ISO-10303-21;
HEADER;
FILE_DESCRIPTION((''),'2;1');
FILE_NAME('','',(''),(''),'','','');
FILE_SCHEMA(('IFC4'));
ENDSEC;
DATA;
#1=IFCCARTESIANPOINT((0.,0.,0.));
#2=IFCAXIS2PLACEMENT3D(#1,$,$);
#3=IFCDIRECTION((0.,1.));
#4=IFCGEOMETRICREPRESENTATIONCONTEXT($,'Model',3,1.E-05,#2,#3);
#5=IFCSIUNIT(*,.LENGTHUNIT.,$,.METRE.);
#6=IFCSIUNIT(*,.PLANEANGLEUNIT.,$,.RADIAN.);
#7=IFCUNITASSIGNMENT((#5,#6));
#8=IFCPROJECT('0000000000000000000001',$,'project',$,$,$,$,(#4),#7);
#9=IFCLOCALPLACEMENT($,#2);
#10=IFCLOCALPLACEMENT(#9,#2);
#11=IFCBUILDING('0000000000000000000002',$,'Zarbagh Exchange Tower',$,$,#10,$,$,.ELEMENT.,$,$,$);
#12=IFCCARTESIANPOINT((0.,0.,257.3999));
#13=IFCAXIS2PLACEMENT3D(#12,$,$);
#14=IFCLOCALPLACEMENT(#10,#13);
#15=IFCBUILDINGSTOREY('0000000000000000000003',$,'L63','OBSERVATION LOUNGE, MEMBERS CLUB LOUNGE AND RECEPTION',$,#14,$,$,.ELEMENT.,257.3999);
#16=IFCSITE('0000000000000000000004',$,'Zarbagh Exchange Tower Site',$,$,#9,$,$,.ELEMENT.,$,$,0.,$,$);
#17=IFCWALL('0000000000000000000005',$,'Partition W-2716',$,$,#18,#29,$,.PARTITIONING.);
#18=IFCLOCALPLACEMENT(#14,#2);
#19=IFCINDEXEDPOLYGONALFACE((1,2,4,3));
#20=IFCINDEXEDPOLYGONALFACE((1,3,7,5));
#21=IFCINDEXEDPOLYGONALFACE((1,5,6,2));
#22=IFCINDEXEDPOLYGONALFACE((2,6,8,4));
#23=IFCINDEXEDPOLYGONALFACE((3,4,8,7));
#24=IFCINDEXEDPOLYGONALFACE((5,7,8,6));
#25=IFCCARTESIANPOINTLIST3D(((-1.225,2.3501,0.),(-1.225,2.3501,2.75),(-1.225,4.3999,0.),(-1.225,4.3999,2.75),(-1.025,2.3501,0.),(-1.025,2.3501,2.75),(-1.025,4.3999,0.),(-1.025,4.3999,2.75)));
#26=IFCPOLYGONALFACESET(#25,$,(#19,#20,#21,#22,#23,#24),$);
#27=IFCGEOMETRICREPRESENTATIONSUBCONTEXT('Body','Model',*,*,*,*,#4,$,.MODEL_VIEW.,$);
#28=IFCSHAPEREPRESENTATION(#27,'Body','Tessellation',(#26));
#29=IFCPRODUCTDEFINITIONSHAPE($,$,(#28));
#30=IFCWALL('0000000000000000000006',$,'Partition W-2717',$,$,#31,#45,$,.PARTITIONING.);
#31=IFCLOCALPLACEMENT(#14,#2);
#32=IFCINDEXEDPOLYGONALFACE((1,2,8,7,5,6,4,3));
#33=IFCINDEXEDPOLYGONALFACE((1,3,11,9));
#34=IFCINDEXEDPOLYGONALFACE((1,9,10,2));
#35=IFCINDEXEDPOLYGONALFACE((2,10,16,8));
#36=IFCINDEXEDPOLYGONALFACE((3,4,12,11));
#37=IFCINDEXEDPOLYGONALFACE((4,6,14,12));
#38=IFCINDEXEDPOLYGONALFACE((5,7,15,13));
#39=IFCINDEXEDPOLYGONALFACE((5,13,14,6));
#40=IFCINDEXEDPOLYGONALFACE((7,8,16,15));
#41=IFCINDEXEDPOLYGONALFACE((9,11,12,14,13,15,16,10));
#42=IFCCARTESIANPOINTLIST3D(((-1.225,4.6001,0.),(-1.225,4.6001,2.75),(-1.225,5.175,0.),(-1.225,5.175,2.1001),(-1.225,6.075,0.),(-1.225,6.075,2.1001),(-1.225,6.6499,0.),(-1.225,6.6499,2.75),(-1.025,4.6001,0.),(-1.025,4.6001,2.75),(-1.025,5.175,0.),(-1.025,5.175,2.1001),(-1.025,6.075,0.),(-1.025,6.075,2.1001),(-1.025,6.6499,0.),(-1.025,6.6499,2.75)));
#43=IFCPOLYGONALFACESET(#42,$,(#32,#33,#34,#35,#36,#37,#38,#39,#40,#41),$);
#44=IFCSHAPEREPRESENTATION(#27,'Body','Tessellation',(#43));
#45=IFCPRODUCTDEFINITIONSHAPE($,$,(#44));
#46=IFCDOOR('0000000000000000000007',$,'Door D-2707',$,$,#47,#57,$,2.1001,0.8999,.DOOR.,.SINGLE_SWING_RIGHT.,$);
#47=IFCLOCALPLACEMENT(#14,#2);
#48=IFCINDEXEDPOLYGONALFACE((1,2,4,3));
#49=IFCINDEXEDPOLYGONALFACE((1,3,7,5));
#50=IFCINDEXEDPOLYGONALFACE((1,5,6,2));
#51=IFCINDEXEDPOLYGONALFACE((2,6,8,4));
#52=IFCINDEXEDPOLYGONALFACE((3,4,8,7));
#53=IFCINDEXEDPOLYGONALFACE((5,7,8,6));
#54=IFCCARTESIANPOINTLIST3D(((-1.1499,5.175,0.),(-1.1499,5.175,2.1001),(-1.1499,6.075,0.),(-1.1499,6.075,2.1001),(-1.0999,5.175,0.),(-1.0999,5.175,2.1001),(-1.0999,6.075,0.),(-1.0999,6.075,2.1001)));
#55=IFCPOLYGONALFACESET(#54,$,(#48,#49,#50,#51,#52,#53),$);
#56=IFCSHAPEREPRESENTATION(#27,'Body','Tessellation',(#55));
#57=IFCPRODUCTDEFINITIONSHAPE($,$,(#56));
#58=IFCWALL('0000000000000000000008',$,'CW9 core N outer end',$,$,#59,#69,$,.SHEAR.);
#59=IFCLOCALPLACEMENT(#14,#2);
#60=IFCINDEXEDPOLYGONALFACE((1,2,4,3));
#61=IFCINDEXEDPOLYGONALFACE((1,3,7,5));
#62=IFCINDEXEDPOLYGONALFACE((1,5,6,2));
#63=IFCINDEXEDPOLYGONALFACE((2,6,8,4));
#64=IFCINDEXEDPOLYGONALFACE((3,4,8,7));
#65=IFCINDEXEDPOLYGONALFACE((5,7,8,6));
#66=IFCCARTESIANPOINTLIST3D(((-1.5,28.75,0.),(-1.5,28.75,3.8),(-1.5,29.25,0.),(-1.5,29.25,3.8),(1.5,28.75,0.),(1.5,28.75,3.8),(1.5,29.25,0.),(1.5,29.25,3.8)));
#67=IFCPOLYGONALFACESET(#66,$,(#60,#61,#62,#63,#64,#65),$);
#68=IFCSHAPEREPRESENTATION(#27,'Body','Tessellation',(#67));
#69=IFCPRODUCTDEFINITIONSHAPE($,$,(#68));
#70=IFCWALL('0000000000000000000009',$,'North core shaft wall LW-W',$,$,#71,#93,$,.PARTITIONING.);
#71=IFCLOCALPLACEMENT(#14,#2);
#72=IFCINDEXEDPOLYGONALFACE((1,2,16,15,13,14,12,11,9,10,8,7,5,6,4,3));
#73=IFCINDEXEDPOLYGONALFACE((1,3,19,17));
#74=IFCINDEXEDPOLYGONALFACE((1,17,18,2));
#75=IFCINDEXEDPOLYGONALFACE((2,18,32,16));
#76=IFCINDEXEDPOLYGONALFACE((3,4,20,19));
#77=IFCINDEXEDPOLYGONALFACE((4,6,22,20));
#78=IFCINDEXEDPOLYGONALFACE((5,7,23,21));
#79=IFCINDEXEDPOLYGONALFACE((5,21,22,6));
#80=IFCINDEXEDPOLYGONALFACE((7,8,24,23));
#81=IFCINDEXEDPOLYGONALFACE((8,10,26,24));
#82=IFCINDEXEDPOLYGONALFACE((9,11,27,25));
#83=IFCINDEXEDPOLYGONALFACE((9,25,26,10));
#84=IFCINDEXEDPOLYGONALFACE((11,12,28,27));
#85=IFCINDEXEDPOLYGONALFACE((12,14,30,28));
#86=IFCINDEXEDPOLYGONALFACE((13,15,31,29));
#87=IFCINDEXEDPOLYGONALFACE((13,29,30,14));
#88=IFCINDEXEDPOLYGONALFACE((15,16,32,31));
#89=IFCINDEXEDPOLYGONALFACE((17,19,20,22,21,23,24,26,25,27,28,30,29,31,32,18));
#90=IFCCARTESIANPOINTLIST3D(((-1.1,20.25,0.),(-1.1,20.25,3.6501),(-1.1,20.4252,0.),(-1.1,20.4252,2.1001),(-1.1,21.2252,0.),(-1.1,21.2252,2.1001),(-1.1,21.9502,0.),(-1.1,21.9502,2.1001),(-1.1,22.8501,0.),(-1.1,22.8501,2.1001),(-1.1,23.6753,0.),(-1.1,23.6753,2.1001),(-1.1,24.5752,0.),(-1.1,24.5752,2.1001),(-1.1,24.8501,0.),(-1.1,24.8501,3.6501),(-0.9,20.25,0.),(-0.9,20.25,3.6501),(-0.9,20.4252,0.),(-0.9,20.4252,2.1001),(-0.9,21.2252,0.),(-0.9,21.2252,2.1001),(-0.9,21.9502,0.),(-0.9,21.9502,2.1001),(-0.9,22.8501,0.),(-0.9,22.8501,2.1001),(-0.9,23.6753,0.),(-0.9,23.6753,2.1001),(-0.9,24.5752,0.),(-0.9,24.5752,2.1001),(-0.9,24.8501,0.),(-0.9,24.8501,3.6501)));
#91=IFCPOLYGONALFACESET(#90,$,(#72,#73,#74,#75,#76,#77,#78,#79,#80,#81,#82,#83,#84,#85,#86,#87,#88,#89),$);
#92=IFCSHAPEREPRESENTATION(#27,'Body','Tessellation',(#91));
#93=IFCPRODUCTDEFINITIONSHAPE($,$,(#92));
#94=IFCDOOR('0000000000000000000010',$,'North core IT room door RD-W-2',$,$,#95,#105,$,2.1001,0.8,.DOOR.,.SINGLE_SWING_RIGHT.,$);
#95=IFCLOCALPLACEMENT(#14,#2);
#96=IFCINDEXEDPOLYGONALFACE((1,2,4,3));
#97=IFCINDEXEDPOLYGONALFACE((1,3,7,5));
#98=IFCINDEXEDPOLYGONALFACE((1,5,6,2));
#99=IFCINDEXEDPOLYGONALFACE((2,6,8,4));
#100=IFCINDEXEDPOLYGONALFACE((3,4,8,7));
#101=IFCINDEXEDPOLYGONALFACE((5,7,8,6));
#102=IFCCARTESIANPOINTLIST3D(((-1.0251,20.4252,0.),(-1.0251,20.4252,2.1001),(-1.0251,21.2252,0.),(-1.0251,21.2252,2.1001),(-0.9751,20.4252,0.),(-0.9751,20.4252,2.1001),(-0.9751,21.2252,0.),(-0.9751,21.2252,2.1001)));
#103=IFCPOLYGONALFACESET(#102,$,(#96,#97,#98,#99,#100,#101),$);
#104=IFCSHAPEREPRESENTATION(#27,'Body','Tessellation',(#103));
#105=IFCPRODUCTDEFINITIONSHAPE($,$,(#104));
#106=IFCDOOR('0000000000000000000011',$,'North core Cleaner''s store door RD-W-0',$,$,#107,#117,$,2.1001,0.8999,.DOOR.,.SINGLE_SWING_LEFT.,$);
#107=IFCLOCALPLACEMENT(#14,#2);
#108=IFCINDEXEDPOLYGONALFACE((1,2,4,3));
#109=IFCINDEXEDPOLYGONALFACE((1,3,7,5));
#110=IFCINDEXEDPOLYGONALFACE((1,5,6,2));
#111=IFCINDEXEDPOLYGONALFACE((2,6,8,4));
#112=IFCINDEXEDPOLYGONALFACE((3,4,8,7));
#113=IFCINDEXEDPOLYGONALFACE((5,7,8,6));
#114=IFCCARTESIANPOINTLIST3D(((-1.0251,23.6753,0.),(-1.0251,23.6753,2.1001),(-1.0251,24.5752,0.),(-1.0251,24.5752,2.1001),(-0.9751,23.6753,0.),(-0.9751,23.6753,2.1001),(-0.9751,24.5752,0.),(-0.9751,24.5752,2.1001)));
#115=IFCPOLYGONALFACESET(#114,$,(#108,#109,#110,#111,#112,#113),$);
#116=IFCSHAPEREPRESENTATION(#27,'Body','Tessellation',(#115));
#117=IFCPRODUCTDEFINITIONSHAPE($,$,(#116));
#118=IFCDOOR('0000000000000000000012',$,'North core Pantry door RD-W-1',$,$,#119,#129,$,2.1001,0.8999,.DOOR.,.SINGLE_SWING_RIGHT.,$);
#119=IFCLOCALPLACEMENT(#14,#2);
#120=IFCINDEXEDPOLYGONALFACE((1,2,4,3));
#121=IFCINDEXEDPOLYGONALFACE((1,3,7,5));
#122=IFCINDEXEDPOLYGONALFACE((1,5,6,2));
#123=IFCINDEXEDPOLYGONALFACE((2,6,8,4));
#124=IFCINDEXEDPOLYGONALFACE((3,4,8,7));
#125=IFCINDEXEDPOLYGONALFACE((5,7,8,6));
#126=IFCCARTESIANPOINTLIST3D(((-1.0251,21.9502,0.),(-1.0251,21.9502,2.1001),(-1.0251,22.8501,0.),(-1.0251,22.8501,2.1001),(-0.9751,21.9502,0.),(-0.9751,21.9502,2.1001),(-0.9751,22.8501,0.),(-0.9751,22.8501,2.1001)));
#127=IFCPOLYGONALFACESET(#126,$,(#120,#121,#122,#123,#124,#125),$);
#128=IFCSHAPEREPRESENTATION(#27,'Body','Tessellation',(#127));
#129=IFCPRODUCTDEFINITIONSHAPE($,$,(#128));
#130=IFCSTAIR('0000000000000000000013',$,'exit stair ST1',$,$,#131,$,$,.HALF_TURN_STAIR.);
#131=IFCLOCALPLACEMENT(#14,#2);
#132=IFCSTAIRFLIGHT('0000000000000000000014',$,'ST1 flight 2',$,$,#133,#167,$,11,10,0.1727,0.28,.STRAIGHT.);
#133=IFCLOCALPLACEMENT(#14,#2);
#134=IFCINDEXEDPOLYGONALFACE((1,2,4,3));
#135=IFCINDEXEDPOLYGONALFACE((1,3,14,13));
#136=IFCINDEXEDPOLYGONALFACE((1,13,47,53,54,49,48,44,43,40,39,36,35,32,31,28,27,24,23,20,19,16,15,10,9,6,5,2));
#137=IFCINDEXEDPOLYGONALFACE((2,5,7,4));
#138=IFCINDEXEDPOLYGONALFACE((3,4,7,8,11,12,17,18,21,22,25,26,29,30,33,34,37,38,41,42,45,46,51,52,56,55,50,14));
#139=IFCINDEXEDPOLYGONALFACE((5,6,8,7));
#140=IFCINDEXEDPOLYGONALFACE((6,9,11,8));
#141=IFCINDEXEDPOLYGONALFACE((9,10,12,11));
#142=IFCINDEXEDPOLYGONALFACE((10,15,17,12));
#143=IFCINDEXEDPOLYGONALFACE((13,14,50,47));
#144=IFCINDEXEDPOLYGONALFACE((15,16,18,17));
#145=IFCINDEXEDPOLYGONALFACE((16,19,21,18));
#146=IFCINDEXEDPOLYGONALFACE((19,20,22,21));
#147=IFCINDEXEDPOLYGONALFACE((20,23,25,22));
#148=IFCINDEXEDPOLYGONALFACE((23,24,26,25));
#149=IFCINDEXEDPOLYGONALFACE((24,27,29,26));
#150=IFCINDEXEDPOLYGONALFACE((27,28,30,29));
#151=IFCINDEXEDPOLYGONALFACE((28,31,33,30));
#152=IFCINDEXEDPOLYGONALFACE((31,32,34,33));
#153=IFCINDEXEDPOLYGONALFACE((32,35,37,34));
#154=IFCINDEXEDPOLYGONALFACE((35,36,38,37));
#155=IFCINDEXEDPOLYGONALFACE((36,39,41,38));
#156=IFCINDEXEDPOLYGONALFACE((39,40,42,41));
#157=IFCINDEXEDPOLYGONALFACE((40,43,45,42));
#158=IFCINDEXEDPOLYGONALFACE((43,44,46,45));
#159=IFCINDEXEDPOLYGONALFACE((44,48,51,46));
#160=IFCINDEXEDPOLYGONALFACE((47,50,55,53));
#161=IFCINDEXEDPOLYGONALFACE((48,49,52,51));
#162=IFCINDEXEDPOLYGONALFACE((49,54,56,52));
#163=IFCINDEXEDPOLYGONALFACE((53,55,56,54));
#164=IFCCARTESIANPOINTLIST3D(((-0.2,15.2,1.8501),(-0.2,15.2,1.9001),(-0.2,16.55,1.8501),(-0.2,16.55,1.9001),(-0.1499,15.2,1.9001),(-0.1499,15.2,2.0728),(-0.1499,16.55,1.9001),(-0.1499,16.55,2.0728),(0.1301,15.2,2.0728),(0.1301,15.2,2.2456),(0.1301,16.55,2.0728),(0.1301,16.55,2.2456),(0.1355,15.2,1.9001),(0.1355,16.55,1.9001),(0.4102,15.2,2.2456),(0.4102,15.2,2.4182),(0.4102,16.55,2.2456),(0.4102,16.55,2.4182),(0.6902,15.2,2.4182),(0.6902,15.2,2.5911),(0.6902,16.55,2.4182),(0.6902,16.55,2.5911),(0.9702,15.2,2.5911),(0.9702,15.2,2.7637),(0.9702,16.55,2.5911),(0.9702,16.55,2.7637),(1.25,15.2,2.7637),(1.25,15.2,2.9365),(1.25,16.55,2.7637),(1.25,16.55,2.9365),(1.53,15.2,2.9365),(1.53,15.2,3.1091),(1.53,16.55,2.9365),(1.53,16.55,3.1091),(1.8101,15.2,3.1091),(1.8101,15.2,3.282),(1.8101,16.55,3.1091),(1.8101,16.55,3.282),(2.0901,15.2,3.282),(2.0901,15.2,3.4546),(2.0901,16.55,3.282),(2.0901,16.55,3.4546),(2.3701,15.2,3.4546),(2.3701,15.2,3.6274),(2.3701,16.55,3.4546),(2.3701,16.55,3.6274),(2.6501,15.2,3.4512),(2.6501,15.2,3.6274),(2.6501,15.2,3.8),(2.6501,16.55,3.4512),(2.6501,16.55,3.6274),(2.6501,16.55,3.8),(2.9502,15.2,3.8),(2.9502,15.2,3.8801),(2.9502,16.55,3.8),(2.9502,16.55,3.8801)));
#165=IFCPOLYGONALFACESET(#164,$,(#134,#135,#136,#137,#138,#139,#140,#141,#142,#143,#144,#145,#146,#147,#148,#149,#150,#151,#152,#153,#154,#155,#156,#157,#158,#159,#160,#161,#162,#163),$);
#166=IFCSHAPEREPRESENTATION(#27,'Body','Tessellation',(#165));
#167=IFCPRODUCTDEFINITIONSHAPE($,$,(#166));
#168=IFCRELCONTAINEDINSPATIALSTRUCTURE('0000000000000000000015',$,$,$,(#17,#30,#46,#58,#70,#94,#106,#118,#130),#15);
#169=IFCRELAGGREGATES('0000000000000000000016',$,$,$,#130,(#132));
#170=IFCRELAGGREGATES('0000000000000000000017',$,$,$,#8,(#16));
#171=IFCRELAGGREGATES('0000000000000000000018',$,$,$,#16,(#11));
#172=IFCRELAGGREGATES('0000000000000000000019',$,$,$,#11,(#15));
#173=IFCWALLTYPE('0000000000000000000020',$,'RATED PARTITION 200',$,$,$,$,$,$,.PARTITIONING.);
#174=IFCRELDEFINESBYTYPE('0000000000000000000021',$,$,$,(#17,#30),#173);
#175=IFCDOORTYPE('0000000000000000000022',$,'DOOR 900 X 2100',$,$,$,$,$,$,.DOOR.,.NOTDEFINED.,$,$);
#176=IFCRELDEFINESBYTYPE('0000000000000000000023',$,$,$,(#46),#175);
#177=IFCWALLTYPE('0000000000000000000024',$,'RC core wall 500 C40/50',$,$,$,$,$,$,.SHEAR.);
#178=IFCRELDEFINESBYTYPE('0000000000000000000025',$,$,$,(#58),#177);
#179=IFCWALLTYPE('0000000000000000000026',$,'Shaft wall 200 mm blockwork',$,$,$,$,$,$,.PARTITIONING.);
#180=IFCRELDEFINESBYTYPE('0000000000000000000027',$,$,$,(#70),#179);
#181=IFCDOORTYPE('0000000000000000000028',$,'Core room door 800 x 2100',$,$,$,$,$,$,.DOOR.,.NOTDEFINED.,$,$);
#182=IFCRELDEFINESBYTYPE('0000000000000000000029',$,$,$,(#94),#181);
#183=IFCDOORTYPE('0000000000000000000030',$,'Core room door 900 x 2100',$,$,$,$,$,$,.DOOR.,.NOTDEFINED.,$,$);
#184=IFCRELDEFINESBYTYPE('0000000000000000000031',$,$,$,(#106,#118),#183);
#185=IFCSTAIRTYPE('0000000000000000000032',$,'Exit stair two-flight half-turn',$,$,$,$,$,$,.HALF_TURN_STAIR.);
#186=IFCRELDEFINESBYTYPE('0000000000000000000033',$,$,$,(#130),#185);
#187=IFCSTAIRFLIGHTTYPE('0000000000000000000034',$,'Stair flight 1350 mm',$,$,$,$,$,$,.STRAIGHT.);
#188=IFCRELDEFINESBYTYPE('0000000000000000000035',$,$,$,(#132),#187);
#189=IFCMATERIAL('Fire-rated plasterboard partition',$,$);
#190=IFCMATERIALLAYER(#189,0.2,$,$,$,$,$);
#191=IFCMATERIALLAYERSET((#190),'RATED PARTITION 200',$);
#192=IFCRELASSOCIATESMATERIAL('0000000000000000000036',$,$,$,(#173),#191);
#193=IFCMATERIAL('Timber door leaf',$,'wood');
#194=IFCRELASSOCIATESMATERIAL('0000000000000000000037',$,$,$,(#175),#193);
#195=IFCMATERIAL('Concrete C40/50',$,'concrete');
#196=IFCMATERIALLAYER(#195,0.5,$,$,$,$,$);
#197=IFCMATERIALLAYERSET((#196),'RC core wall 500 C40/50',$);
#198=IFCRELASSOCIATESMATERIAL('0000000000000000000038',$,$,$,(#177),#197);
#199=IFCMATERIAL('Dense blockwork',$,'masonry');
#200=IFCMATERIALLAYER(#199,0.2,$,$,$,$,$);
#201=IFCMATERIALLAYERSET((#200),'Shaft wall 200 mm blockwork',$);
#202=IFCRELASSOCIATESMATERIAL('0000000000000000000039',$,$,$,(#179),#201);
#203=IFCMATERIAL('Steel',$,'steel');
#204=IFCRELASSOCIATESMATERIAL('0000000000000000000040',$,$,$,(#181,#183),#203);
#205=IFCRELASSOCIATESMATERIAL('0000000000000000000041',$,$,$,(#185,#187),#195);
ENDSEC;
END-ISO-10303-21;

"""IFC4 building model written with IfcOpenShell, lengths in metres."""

from ifc_helpers import new_model, si_unit, direction, frame, frame_2d, origin, place, context, subcontext, project, spatial, polyline, rectangle, outline, extrude, material, layer, layer_set, type_object, element, fill, aggregate, save


model = new_model("IFC4")

# Units and contexts
model_context = context("Model", 3, precision=1e-05, world=origin(), true_north=direction((0.0, 1.0)))
body_context = subcontext(model_context, "Body", "Model", "MODEL_VIEW")
ifc_project = project(units=[si_unit("LENGTHUNIT", "METRE"), si_unit("PLANEANGLEUNIT", "RADIAN")], contexts=[model_context])

# Site, building, storey
site_placement = place(None, origin())
site = spatial("IfcSite", under=ifc_project, at=site_placement, Name="Zarbagh Exchange Tower Site", CompositionType="ELEMENT", RefElevation=0.0)
building_placement = place(site_placement, origin())
building = spatial("IfcBuilding", under=site, at=building_placement, Name="Zarbagh Exchange Tower", CompositionType="ELEMENT")
storey_placement = place(building_placement, frame((0.0, 0.0, 257.3999)))
storey = spatial("IfcBuildingStorey", under=building, at=storey_placement, Name="L63", Description="OBSERVATION LOUNGE, MEMBERS CLUB LOUNGE AND RECEPTION", CompositionType="ELEMENT", Elevation=257.3999)

# Wall
ifc_material_1 = material(Name="Fire-rated plasterboard partition")
ifc_layer_1 = layer(ifc_material_1, 0.2)
ifc_layer_set_1 = layer_set([ifc_layer_1], Name="RATED PARTITION 200")
wall_type_1 = type_object("IfcWallType", Name="RATED PARTITION 200", PredefinedType="PARTITIONING", material=ifc_layer_set_1)
wall_1_placement = place(storey_placement, frame((-1.125, 2.3501, 0.0), z_axis=(0.0, 0.0, 1.0), x_axis=(0.0, 1.0, 0.0)))
element("IfcWall", 1, at=wall_1_placement, inside=storey, type_object=wall_type_1, Name="Partition W-2716", PredefinedType="PARTITIONING", context=body_context, shape_type="SweptSolid", body=[
    extrude(rectangle(XDim=2.0498, YDim=0.2, at=frame_2d((1.0249, 0.0))), origin(), (0.0, 0.0, 1.0), 2.75),
])

# Wall, opening, door
wall_2_placement = place(storey_placement, frame((-1.125, 4.6001, 0.0), z_axis=(0.0, 0.0, 1.0), x_axis=(0.0, 1.0, 0.0)))
wall_2 = element("IfcWall", 2, at=wall_2_placement, inside=storey, type_object=wall_type_1, Name="Partition W-2717", PredefinedType="PARTITIONING", context=body_context, shape_type="SweptSolid", body=[
    extrude(rectangle(XDim=2.0498, YDim=0.2, at=frame_2d((1.0249, 0.0))), origin(), (0.0, 0.0, 1.0), 2.75),
])
opening_1_placement = place(wall_2_placement, frame((0.575, 0.0, 0.0)))
opening_1 = element("IfcOpeningElement", 3, at=opening_1_placement, cuts=wall_2, PredefinedType="OPENING", context=body_context, shape_type="SweptSolid", body=[
    extrude(rectangle(XDim=0.8999, YDim=2.1001, at=frame_2d((0.45, 1.05))), frame((0.0, 0.1099, 0.0), z_axis=(0.0, -1.0, 0.0), x_axis=(1.0, 0.0, 0.0)), (0.0, 0.0, 1.0), 0.22),
])
ifc_material_2 = material(Name="Timber door leaf", Category="wood")
door_type_1 = type_object("IfcDoorType", Name="DOOR 900 X 2100", OperationType="NOTDEFINED", PredefinedType="DOOR", material=ifc_material_2)
door_1_placement = place(opening_1_placement, origin())
door_1 = element("IfcDoor", 4, at=door_1_placement, inside=storey, type_object=door_type_1, Name="Door D-2707", OperationType="SINGLE_SWING_RIGHT", OverallHeight=2.1001, OverallWidth=0.8999, PredefinedType="DOOR", context=body_context, shape_type="SweptSolid", body=[
    extrude(rectangle(XDim=0.8999, YDim=2.1001, at=frame_2d((0.45, 1.05))), frame((0.0, 0.0249, 0.0), z_axis=(0.0, -1.0, 0.0), x_axis=(1.0, 0.0, 0.0)), (0.0, 0.0, 1.0), 0.05),
])
fill(opening_1, door_1)

# Wall
ifc_material_3 = material(Name="Concrete C40/50", Category="concrete")
ifc_layer_2 = layer(ifc_material_3, 0.5)
ifc_layer_set_2 = layer_set([ifc_layer_2], Name="RC core wall 500 C40/50")
wall_type_2 = type_object("IfcWallType", Name="RC core wall 500 C40/50", PredefinedType="SHEAR", material=ifc_layer_set_2)
wall_3_placement = place(storey_placement, frame((-1.5, 29.0, 0.0), z_axis=(0.0, 0.0, 1.0), x_axis=(1.0, 0.0, 0.0)))
element("IfcWall", 5, at=wall_3_placement, inside=storey, type_object=wall_type_2, Name="CW9 core N outer end", PredefinedType="SHEAR", context=body_context, shape_type="SweptSolid", body=[
    extrude(rectangle(XDim=3.0, YDim=0.5, at=frame_2d((1.5, 0.0))), origin(), (0.0, 0.0, 1.0), 3.8),
])

# Wall, openings, doors
ifc_material_4 = material(Name="Dense blockwork", Category="masonry")
ifc_layer_3 = layer(ifc_material_4, 0.2)
ifc_layer_set_3 = layer_set([ifc_layer_3], Name="Shaft wall 200 mm blockwork")
wall_type_3 = type_object("IfcWallType", Name="Shaft wall 200 mm blockwork", PredefinedType="PARTITIONING", material=ifc_layer_set_3)
wall_4_placement = place(storey_placement, frame((-1.0, 24.8501, 0.0), z_axis=(0.0, 0.0, 1.0), x_axis=(0.0, -1.0, 0.0)))
wall_4 = element("IfcWall", 6, at=wall_4_placement, inside=storey, type_object=wall_type_3, Name="North core shaft wall LW-W", PredefinedType="PARTITIONING", context=body_context, shape_type="SweptSolid", body=[
    extrude(rectangle(XDim=4.6001, YDim=0.2, at=frame_2d((2.3, 0.0))), origin(), (0.0, 0.0, 1.0), 3.6501),
])
opening_2_placement = place(wall_4_placement, frame((0.2749, 0.0, 0.0)))
opening_2 = element("IfcOpeningElement", 7, at=opening_2_placement, cuts=wall_4, PredefinedType="OPENING", context=body_context, shape_type="SweptSolid", body=[
    extrude(rectangle(XDim=0.8999, YDim=2.1001, at=frame_2d((0.45, 1.05))), frame((0.0, 0.1099, 0.0), z_axis=(0.0, -1.0, 0.0), x_axis=(1.0, 0.0, 0.0)), (0.0, 0.0, 1.0), 0.22),
])
opening_3_placement = place(wall_4_placement, frame((2.0, 0.0, 0.0)))
opening_3 = element("IfcOpeningElement", 8, at=opening_3_placement, cuts=wall_4, PredefinedType="OPENING", context=body_context, shape_type="SweptSolid", body=[
    extrude(rectangle(XDim=0.8999, YDim=2.1001, at=frame_2d((0.45, 1.05))), frame((0.0, 0.1099, 0.0), z_axis=(0.0, -1.0, 0.0), x_axis=(1.0, 0.0, 0.0)), (0.0, 0.0, 1.0), 0.22),
])
opening_4_placement = place(wall_4_placement, frame((3.625, 0.0, 0.0)))
opening_4 = element("IfcOpeningElement", 9, at=opening_4_placement, cuts=wall_4, PredefinedType="OPENING", context=body_context, shape_type="SweptSolid", body=[
    extrude(rectangle(XDim=0.8, YDim=2.1001, at=frame_2d((0.3999, 1.05))), frame((0.0, 0.1099, 0.0), z_axis=(0.0, -1.0, 0.0), x_axis=(1.0, 0.0, 0.0)), (0.0, 0.0, 1.0), 0.22),
])
ifc_material_5 = material(Name="Steel", Category="steel")
door_type_2 = type_object("IfcDoorType", Name="Core room door 800 x 2100", OperationType="NOTDEFINED", PredefinedType="DOOR", material=ifc_material_5)
door_2_placement = place(opening_4_placement, origin())
door_2 = element("IfcDoor", 10, at=door_2_placement, inside=storey, type_object=door_type_2, Name="North core IT room door RD-W-2", OperationType="SINGLE_SWING_RIGHT", OverallHeight=2.1001, OverallWidth=0.8, PredefinedType="DOOR", context=body_context, shape_type="SweptSolid", body=[
    extrude(rectangle(XDim=0.8, YDim=2.1001, at=frame_2d((0.3999, 1.05))), frame((0.0, 0.0249, 0.0), z_axis=(0.0, -1.0, 0.0), x_axis=(1.0, 0.0, 0.0)), (0.0, 0.0, 1.0), 0.05),
])
fill(opening_4, door_2)
door_type_3 = type_object("IfcDoorType", Name="Core room door 900 x 2100", OperationType="NOTDEFINED", PredefinedType="DOOR", material=ifc_material_5)
door_3_placement = place(opening_2_placement, origin())
door_3 = element("IfcDoor", 11, at=door_3_placement, inside=storey, type_object=door_type_3, Name="North core Cleaner's store door RD-W-0", OperationType="SINGLE_SWING_LEFT", OverallHeight=2.1001, OverallWidth=0.8999, PredefinedType="DOOR", context=body_context, shape_type="SweptSolid", body=[
    extrude(rectangle(XDim=0.8999, YDim=2.1001, at=frame_2d((0.45, 1.05))), frame((0.0, 0.0249, 0.0), z_axis=(0.0, -1.0, 0.0), x_axis=(1.0, 0.0, 0.0)), (0.0, 0.0, 1.0), 0.05),
])
fill(opening_2, door_3)
door_4_placement = place(opening_3_placement, origin())
door_4 = element("IfcDoor", 12, at=door_4_placement, inside=storey, type_object=door_type_3, Name="North core Pantry door RD-W-1", OperationType="SINGLE_SWING_RIGHT", OverallHeight=2.1001, OverallWidth=0.8999, PredefinedType="DOOR", context=body_context, shape_type="SweptSolid", body=[
    extrude(rectangle(XDim=0.8999, YDim=2.1001, at=frame_2d((0.45, 1.05))), frame((0.0, 0.0249, 0.0), z_axis=(0.0, -1.0, 0.0), x_axis=(1.0, 0.0, 0.0)), (0.0, 0.0, 1.0), 0.05),
])
fill(opening_3, door_4)

# Stair, stair flight
stair_type = type_object("IfcStairType", Name="Exit stair two-flight half-turn", PredefinedType="HALF_TURN_STAIR", material=ifc_material_3)
stair_1_placement = place(storey_placement, origin())
stair_1 = element("IfcStair", 13, at=stair_1_placement, inside=storey, type_object=stair_type, Name="exit stair ST1", PredefinedType="HALF_TURN_STAIR")
stair_flight_type_1 = type_object("IfcStairFlightType", Name="Stair flight 1350 mm", PredefinedType="STRAIGHT", material=ifc_material_3)
stair_flight_1_placement = place(storey_placement, frame((-0.1499, 15.875, 1.9001), z_axis=(0.0, 0.0, 1.0), x_axis=(1.0, 0.0, 0.0)))
stair_flight_1 = element("IfcStairFlight", 14, at=stair_flight_1_placement, type_object=stair_flight_type_1, Name="ST1 flight 2", NumberOfRisers=11, NumberOfTreads=10, PredefinedType="STRAIGHT", RiserHeight=0.1727, TreadLength=0.28, context=body_context, shape_type="SweptSolid", body=[
    extrude(outline(polyline([(-0.05, -0.05), (-0.05, 0.0), (0.0, 0.0), (0.0, 0.1726), (0.28, 0.1726), (0.28, 0.3455), (0.5601, 0.3455), (0.5601, 0.5181), (0.8401, 0.5181), (0.8401, 0.6909), (1.1201, 0.6909), (1.1201, 0.8635), (1.3999, 0.8635), (1.3999, 1.0364), (1.6799, 1.0364), (1.6799, 1.209), (1.96, 1.209), (1.96, 1.3818), (2.24, 1.3818), (2.24, 1.5544), (2.52, 1.5544), (2.52, 1.7273), (2.8, 1.7273), (2.8, 1.8999), (3.1001, 1.98), (3.1001, 1.8999), (2.8, 1.551), (0.2854, 0.0), (-0.05, -0.05)])), frame((0.0, 0.675, 0.0), z_axis=(0.0, -1.0, 0.0), x_axis=(1.0, 0.0, 0.0)), (0.0, 0.0, 1.0), 1.3501),
])
aggregate(stair_1, [stair_flight_1])

save(model, "model.ifc")
